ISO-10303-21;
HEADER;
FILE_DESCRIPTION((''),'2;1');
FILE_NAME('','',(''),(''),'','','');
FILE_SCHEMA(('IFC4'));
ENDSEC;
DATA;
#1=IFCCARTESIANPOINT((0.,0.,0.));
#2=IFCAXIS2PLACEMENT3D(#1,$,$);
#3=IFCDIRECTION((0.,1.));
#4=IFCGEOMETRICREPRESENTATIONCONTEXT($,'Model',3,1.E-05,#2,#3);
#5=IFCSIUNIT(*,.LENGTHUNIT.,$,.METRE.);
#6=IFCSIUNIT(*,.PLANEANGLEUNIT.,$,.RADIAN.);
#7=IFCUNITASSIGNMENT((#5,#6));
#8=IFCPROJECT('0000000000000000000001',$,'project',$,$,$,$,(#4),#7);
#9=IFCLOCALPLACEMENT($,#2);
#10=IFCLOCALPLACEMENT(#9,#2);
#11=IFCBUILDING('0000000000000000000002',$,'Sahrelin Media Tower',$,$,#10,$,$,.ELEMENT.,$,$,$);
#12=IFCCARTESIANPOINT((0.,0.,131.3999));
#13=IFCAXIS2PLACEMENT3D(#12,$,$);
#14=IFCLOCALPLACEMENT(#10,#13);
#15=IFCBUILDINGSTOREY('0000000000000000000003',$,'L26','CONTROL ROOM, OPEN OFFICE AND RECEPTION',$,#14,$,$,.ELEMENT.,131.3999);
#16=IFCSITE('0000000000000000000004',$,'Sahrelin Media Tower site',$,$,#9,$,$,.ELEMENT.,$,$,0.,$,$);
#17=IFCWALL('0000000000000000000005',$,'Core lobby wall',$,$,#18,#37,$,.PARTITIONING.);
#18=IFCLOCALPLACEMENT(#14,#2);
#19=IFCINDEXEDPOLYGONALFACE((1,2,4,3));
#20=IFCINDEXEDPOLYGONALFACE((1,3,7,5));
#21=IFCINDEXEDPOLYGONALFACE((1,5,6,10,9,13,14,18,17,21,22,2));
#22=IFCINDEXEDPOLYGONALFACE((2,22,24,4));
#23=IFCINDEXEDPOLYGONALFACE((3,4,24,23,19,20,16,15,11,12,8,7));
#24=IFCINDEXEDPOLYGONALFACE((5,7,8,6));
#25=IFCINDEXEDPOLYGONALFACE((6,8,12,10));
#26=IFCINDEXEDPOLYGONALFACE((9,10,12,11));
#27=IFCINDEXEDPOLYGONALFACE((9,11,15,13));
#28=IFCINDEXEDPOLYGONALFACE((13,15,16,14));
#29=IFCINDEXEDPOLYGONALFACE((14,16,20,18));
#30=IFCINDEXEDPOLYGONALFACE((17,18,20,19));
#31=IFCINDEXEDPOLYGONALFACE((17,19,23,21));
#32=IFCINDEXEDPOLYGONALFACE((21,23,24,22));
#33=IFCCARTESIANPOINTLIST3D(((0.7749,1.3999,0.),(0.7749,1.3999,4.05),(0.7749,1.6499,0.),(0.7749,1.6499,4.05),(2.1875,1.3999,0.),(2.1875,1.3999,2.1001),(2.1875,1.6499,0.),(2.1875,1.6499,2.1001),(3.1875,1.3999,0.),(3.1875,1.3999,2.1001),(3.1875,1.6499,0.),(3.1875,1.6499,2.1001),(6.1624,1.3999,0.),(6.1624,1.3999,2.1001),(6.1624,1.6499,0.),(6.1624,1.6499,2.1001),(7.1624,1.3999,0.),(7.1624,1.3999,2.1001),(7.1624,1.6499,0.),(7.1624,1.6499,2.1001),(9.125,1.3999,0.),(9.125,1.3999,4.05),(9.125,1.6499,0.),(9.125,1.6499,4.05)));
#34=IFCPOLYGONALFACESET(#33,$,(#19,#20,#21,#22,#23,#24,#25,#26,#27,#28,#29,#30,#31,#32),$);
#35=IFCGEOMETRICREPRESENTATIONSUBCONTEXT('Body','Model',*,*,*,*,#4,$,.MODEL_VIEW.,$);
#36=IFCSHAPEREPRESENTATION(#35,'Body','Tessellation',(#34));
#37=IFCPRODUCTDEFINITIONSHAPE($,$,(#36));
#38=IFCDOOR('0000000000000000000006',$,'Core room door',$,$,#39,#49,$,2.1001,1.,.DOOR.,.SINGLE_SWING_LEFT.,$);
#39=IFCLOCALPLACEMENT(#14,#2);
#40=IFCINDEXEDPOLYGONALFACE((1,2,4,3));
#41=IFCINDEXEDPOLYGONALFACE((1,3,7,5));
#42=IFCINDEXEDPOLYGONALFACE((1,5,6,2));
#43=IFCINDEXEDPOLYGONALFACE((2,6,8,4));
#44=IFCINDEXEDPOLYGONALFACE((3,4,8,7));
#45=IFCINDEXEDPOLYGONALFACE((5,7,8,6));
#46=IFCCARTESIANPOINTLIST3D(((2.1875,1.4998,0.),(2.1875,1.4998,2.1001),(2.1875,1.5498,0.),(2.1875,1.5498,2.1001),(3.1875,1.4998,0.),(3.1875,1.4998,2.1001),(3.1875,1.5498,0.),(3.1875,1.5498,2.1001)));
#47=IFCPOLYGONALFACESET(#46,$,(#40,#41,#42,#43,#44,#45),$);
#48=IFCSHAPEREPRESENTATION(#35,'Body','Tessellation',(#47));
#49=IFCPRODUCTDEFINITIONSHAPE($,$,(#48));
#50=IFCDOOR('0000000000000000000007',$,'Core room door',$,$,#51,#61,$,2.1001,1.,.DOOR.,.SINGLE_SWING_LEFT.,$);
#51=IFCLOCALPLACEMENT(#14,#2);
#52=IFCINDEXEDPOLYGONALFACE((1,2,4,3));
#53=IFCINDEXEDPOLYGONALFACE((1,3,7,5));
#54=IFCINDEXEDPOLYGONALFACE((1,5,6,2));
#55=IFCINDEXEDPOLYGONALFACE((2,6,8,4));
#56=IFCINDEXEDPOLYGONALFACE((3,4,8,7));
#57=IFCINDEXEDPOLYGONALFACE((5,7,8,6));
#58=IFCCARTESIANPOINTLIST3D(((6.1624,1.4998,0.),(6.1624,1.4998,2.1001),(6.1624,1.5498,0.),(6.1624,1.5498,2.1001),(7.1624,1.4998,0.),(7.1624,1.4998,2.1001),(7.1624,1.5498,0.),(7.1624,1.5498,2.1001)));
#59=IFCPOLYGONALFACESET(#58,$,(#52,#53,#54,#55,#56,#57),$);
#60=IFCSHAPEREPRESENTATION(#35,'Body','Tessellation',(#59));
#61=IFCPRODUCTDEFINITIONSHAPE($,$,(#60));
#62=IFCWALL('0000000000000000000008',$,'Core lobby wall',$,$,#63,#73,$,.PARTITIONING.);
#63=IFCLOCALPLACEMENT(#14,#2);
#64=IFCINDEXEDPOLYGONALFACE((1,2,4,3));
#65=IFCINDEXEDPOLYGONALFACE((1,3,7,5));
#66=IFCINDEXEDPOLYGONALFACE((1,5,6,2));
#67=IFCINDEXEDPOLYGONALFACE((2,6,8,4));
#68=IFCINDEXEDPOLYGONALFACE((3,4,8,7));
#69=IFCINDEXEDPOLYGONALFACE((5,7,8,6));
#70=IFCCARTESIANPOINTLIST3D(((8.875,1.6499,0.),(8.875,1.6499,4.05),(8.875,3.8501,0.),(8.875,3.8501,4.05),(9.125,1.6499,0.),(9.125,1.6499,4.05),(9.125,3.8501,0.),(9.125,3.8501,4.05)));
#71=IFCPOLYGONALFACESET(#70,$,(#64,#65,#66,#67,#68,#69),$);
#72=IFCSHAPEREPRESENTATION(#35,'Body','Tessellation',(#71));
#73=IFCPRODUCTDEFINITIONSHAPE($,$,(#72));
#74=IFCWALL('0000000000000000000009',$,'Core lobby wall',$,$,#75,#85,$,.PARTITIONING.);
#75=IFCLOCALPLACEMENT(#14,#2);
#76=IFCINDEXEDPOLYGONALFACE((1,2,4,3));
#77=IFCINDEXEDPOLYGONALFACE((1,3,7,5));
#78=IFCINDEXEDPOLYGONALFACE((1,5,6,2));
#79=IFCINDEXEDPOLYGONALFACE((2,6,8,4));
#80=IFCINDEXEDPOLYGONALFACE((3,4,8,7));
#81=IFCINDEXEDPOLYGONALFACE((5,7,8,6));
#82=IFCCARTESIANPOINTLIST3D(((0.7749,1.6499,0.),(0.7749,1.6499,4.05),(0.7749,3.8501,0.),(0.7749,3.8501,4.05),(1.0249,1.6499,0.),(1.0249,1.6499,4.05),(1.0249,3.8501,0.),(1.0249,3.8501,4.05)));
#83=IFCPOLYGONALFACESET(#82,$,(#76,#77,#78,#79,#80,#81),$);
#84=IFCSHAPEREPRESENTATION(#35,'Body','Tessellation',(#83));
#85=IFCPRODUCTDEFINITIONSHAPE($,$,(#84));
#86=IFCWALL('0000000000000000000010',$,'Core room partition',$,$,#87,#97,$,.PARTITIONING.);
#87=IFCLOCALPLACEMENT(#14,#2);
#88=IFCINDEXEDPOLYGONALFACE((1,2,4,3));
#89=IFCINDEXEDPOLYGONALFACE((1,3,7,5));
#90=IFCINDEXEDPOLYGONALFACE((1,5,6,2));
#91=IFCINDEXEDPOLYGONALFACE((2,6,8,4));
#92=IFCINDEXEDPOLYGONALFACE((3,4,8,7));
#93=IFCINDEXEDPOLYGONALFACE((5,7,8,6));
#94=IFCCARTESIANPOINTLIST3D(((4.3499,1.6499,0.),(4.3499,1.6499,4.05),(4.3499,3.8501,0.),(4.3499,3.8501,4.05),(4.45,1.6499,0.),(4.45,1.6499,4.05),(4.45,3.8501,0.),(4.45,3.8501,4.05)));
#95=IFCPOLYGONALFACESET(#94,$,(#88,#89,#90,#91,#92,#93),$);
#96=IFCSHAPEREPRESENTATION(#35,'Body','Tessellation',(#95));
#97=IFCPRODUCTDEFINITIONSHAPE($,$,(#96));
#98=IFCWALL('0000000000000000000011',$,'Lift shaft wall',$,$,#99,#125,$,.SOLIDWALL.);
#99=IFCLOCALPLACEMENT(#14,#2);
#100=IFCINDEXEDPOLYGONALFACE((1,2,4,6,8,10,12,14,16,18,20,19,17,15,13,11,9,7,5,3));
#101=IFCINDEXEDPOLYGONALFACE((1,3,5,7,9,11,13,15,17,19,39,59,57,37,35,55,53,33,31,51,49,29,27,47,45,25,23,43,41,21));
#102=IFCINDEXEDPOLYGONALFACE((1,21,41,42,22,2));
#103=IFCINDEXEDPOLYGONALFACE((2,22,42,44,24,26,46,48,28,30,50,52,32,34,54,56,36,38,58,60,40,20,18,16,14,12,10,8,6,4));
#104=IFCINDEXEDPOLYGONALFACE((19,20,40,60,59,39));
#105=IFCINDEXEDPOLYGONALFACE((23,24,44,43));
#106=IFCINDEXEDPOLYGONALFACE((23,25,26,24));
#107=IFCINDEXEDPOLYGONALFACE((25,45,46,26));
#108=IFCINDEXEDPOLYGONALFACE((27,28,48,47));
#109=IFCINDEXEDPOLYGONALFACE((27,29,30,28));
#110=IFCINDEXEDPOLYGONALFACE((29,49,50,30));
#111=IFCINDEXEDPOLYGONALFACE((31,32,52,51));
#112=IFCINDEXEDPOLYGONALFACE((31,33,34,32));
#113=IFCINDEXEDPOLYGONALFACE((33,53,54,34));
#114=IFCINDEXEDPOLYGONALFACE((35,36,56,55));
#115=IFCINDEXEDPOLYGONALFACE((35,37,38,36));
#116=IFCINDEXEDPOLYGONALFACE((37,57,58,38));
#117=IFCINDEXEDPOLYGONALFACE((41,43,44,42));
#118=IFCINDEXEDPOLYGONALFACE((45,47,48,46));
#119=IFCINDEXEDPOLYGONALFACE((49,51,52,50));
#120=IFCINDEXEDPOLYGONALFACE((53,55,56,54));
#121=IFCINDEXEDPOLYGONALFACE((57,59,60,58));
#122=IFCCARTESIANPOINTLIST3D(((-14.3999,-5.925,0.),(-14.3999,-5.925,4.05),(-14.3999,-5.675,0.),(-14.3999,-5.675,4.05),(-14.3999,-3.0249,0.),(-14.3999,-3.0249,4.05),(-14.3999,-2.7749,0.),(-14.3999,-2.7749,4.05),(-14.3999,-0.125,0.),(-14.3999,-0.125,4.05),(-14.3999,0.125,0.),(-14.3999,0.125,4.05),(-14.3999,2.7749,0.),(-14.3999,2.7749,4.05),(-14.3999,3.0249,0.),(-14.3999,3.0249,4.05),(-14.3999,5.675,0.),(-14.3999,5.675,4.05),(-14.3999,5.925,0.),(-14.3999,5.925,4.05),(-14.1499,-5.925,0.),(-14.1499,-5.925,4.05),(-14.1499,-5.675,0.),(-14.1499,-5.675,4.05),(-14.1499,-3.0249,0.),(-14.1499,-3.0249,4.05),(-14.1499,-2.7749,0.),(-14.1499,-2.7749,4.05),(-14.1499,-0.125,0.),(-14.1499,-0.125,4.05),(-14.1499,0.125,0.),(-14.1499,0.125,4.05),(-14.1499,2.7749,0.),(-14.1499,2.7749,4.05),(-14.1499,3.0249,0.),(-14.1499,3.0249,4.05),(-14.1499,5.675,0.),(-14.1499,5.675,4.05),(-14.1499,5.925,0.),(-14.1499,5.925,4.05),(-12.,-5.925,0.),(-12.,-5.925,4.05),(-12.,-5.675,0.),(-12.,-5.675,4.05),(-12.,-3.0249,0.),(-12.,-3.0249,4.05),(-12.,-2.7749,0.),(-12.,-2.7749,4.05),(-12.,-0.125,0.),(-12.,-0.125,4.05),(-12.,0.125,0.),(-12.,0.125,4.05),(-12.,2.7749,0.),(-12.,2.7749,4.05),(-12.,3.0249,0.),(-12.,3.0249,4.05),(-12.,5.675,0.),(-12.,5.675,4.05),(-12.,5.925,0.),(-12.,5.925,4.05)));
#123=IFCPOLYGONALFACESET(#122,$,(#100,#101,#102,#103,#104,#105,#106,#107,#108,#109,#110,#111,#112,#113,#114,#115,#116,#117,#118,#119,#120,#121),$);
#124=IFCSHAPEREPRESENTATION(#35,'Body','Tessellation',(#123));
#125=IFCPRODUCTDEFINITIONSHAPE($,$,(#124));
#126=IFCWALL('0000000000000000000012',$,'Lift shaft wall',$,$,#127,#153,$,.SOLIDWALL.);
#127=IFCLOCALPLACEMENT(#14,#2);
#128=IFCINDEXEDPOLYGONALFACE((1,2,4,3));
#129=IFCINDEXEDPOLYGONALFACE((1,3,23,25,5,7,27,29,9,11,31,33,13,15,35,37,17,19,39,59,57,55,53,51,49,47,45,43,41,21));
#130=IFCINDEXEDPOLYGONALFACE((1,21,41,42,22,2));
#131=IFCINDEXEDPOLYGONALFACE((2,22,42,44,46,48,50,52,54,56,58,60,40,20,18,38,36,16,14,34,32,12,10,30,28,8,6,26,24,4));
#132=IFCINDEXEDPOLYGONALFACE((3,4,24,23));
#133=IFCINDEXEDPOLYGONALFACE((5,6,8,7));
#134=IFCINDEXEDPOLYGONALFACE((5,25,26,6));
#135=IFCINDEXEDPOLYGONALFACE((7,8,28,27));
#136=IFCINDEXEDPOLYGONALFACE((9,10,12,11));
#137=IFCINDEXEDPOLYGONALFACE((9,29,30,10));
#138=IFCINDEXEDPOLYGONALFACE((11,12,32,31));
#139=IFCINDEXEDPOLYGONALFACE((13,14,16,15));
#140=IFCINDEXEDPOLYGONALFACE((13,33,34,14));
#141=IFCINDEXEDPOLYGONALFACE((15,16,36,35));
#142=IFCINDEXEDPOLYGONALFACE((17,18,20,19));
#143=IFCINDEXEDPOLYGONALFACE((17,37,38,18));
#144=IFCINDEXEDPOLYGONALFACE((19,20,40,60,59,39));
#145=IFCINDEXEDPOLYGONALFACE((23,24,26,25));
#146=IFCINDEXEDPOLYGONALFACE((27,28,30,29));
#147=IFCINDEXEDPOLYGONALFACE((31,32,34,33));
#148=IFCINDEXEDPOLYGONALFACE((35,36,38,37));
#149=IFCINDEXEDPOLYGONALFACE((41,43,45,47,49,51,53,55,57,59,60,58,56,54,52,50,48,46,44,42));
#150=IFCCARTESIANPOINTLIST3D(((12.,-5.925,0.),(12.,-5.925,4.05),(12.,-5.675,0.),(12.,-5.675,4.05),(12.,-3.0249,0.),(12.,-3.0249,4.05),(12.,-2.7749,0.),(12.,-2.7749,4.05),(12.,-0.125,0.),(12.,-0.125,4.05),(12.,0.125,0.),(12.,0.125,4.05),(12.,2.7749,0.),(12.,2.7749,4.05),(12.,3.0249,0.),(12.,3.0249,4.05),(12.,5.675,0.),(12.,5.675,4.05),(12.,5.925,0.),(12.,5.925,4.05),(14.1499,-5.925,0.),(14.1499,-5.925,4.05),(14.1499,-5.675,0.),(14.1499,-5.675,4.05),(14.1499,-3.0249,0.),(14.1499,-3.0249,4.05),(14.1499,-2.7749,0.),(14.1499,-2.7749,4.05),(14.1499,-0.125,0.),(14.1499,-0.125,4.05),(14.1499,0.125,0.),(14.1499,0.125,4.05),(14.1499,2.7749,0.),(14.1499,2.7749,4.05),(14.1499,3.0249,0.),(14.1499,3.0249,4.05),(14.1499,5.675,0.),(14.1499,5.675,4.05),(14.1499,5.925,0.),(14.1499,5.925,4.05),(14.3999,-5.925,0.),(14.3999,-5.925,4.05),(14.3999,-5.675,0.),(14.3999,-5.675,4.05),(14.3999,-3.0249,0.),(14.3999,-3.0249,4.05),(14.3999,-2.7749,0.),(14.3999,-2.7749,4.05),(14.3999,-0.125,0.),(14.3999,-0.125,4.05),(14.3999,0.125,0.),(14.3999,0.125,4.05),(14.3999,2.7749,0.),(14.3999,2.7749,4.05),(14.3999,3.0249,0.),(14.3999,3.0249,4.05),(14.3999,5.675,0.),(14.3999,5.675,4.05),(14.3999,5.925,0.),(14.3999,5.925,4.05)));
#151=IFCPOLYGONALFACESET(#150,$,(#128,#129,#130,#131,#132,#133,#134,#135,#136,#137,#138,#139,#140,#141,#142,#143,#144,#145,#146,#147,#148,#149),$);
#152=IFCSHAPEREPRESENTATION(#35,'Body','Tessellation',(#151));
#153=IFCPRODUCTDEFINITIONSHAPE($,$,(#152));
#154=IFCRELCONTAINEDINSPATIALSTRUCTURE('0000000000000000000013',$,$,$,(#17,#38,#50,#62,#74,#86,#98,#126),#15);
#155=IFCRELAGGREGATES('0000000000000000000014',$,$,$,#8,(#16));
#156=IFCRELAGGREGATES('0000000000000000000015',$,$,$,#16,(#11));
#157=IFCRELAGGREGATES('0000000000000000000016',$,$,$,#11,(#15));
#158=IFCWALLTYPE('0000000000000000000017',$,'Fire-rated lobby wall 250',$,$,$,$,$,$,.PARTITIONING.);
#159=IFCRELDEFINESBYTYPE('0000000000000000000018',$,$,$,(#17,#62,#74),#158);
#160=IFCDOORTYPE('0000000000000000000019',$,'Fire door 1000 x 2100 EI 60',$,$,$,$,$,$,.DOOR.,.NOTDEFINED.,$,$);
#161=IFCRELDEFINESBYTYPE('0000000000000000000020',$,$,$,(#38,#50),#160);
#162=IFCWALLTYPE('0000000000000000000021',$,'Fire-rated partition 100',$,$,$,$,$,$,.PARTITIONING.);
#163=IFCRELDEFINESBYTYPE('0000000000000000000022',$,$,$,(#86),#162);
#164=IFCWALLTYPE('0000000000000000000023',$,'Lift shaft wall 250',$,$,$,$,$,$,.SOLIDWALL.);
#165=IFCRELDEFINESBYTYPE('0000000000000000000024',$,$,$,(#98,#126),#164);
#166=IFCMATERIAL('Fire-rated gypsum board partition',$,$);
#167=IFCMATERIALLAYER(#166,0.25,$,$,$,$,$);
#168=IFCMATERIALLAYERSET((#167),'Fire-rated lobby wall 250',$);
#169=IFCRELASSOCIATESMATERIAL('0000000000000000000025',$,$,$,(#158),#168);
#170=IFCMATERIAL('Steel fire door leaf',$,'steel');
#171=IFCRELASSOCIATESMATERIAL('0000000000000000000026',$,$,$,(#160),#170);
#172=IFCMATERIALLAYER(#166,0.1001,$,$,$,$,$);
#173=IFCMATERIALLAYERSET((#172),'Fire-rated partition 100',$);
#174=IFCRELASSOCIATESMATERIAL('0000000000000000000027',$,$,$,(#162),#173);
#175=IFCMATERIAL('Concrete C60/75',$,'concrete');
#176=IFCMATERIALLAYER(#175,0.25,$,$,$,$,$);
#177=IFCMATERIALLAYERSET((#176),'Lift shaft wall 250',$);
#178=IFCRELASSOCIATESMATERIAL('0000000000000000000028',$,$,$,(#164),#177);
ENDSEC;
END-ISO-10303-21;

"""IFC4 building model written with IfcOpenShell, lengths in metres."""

from ifc_helpers import new_model, si_unit, direction, frame, frame_2d, origin, place, context, subcontext, project, spatial, polyline, rectangle, outline, extrude, material, layer, layer_set, type_object, element, fill, save


model = new_model("IFC4")

# Units and contexts
model_context = context("Model", 3, precision=1e-05, world=origin(), true_north=direction((0.0, 1.0)))
body_context = subcontext(model_context, "Body", "Model", "MODEL_VIEW")
ifc_project = project(units=[si_unit("LENGTHUNIT", "METRE"), si_unit("PLANEANGLEUNIT", "RADIAN")], contexts=[model_context])

# Site, building, storey
site_placement = place(None, origin())
site = spatial("IfcSite", under=ifc_project, at=site_placement, Name="Sahrelin Media Tower site", CompositionType="ELEMENT", RefElevation=0.0)
building_placement = place(site_placement, origin())
building = spatial("IfcBuilding", under=site, at=building_placement, Name="Sahrelin Media Tower", CompositionType="ELEMENT")
storey_placement = place(building_placement, frame((0.0, 0.0, 131.3999)))
storey = spatial("IfcBuildingStorey", under=building, at=storey_placement, Name="L26", Description="CONTROL ROOM, OPEN OFFICE AND RECEPTION", CompositionType="ELEMENT", Elevation=131.3999)

# Shared definitions
placement = place(storey_placement, origin())

# Wall, openings, doors
ifc_material_1 = material(Name="Fire-rated gypsum board partition")
ifc_layer_1 = layer(ifc_material_1, 0.25)
ifc_layer_set_1 = layer_set([ifc_layer_1], Name="Fire-rated lobby wall 250")
wall_type_1 = type_object("IfcWallType", Name="Fire-rated lobby wall 250", PredefinedType="PARTITIONING", material=ifc_layer_set_1)
wall_1_placement = place(storey_placement, frame((0.7749, 1.5249, 0.0), z_axis=(0.0, 0.0, 1.0), x_axis=(1.0, 0.0, 0.0)))
wall_1 = element("IfcWall", 1, at=wall_1_placement, inside=storey, type_object=wall_type_1, Name="Core lobby wall", PredefinedType="PARTITIONING", context=body_context, shape_type="SweptSolid", body=[
    extrude(rectangle(XDim=8.3501, YDim=0.25, at=frame_2d((4.175, 0.0))), origin(), (0.0, 0.0, 1.0), 4.05),
])
opening_1_placement = place(wall_1_placement, frame((1.4126, 0.0, 0.0)))
opening_1 = element("IfcOpeningElement", 2, at=opening_1_placement, cuts=wall_1, PredefinedType="OPENING", context=body_context, shape_type="SweptSolid", body=[
    extrude(rectangle(XDim=1.0, YDim=2.1001, at=frame_2d((0.5, 1.05))), frame((0.0, 0.125, 0.0), z_axis=(0.0, -1.0, 0.0), x_axis=(1.0, 0.0, 0.0)), (0.0, 0.0, 1.0), 0.25),
])
opening_2_placement = place(wall_1_placement, frame((5.3875, 0.0, 0.0)))
opening_2 = element("IfcOpeningElement", 3, at=opening_2_placement, cuts=wall_1, PredefinedType="OPENING", context=body_context, shape_type="SweptSolid", body=[
    extrude(rectangle(XDim=1.0, YDim=2.1001, at=frame_2d((0.5, 1.05))), frame((0.0, 0.125, 0.0), z_axis=(0.0, -1.0, 0.0), x_axis=(1.0, 0.0, 0.0)), (0.0, 0.0, 1.0), 0.25),
])
ifc_material_2 = material(Name="Steel fire door leaf", Category="steel")
door_type_1 = type_object("IfcDoorType", Name="Fire door 1000 x 2100 EI 60", OperationType="NOTDEFINED", PredefinedType="DOOR", material=ifc_material_2)
door_1_placement = place(opening_1_placement, origin())
door_1 = element("IfcDoor", 4, at=door_1_placement, inside=storey, type_object=door_type_1, Name="Core room door", OperationType="SINGLE_SWING_LEFT", OverallHeight=2.1001, OverallWidth=1.0, PredefinedType="DOOR", context=body_context, shape_type="SweptSolid", body=[
    extrude(rectangle(XDim=1.0, YDim=2.1001, at=frame_2d((0.5, 1.05))), frame((0.0, 0.0249, 0.0), z_axis=(0.0, -1.0, 0.0), x_axis=(1.0, 0.0, 0.0)), (0.0, 0.0, 1.0), 0.05),
])
fill(opening_1, door_1)
door_2_placement = place(opening_2_placement, origin())
door_2 = element("IfcDoor", 5, at=door_2_placement, inside=storey, type_object=door_type_1, Name="Core room door", OperationType="SINGLE_SWING_LEFT", OverallHeight=2.1001, OverallWidth=1.0, PredefinedType="DOOR", context=body_context, shape_type="SweptSolid", body=[
    extrude(rectangle(XDim=1.0, YDim=2.1001, at=frame_2d((0.5, 1.05))), frame((0.0, 0.0249, 0.0), z_axis=(0.0, -1.0, 0.0), x_axis=(1.0, 0.0, 0.0)), (0.0, 0.0, 1.0), 0.05),
])
fill(opening_2, door_2)

# Walls
for number, where, z_axis, x_axis, name in (
    (6, (9.0, 1.6499, 0.0), (0.0, 0.0, 1.0), (0.0, 1.0, 0.0), "Core lobby wall"),
    (7, (0.8999, 1.6499, 0.0), (0.0, 0.0, 1.0), (0.0, 1.0, 0.0), "Core lobby wall"),
):
    element("IfcWall", number, at=place(storey_placement, frame(where, z_axis=z_axis, x_axis=x_axis)), inside=storey, type_object=wall_type_1, Name=name, PredefinedType="PARTITIONING", context=body_context, shape_type="SweptSolid", body=[
        extrude(rectangle(XDim=2.2002, YDim=0.25, at=frame_2d((1.1001, 0.0))), origin(), (0.0, 0.0, 1.0), 4.05),
    ])
ifc_layer_2 = layer(ifc_material_1, 0.1001)
ifc_layer_set_2 = layer_set([ifc_layer_2], Name="Fire-rated partition 100")
wall_type_2 = type_object("IfcWallType", Name="Fire-rated partition 100", PredefinedType="PARTITIONING", material=ifc_layer_set_2)
wall_2_placement = place(storey_placement, frame((4.3999, 1.6499, 0.0), z_axis=(0.0, 0.0, 1.0), x_axis=(0.0, 1.0, 0.0)))
element("IfcWall", 8, at=wall_2_placement, inside=storey, type_object=wall_type_2, Name="Core room partition", PredefinedType="PARTITIONING", context=body_context, shape_type="SweptSolid", body=[
    extrude(rectangle(XDim=2.2002, YDim=0.1001, at=frame_2d((1.1001, 0.0))), origin(), (0.0, 0.0, 1.0), 4.05),
])
ifc_material_3 = material(Name="Concrete C60/75", Category="concrete")
ifc_layer_3 = layer(ifc_material_3, 0.25)
ifc_layer_set_3 = layer_set([ifc_layer_3], Name="Lift shaft wall 250")
wall_type_3 = type_object("IfcWallType", Name="Lift shaft wall 250", PredefinedType="SOLIDWALL", material=ifc_layer_set_3)
element("IfcWall", 9, at=placement, inside=storey, type_object=wall_type_3, Name="Lift shaft wall", PredefinedType="SOLIDWALL", context=body_context, shape_type="SweptSolid", body=[
    extrude(outline(polyline([(-12.0, -5.925), (-12.0, -5.675), (-14.1499, -5.675), (-14.1499, -3.0249), (-12.0, -3.0249), (-12.0, -2.7749), (-14.1499, -2.7749), (-14.1499, -0.125), (-12.0, -0.125), (-12.0, 0.125), (-14.1499, 0.125), (-14.1499, 2.7749), (-12.0, 2.7749), (-12.0, 3.0249), (-14.1499, 3.0249), (-14.1499, 5.675), (-12.0, 5.675), (-12.0, 5.925), (-14.1499, 5.925), (-14.3999, 5.925), (-14.3999, 5.675), (-14.3999, 3.0249), (-14.3999, 2.7749), (-14.3999, 0.125), (-14.3999, -0.125), (-14.3999, -2.7749), (-14.3999, -3.0249), (-14.3999, -5.675), (-14.3999, -5.925), (-14.1499, -5.925), (-12.0, -5.925)])), origin(), (0.0, 0.0, 1.0), 4.05),
])
element("IfcWall", 10, at=placement, inside=storey, type_object=wall_type_3, Name="Lift shaft wall", PredefinedType="SOLIDWALL", context=body_context, shape_type="SweptSolid", body=[
    extrude(outline(polyline([(12.0, -5.675), (12.0, -5.925), (14.1499, -5.925), (14.3999, -5.925), (14.3999, -5.675), (14.3999, -3.0249), (14.3999, -2.7749), (14.3999, -0.125), (14.3999, 0.125), (14.3999, 2.7749), (14.3999, 3.0249), (14.3999, 5.675), (14.3999, 5.925), (14.1499, 5.925), (12.0, 5.925), (12.0, 5.675), (14.1499, 5.675), (14.1499, 3.0249), (12.0, 3.0249), (12.0, 2.7749), (14.1499, 2.7749), (14.1499, 0.125), (12.0, 0.125), (12.0, -0.125), (14.1499, -0.125), (14.1499, -2.7749), (12.0, -2.7749), (12.0, -3.0249), (14.1499, -3.0249), (14.1499, -5.675), (12.0, -5.675)])), origin(), (0.0, 0.0, 1.0), 4.05),
])

save(model, "model.ifc")
